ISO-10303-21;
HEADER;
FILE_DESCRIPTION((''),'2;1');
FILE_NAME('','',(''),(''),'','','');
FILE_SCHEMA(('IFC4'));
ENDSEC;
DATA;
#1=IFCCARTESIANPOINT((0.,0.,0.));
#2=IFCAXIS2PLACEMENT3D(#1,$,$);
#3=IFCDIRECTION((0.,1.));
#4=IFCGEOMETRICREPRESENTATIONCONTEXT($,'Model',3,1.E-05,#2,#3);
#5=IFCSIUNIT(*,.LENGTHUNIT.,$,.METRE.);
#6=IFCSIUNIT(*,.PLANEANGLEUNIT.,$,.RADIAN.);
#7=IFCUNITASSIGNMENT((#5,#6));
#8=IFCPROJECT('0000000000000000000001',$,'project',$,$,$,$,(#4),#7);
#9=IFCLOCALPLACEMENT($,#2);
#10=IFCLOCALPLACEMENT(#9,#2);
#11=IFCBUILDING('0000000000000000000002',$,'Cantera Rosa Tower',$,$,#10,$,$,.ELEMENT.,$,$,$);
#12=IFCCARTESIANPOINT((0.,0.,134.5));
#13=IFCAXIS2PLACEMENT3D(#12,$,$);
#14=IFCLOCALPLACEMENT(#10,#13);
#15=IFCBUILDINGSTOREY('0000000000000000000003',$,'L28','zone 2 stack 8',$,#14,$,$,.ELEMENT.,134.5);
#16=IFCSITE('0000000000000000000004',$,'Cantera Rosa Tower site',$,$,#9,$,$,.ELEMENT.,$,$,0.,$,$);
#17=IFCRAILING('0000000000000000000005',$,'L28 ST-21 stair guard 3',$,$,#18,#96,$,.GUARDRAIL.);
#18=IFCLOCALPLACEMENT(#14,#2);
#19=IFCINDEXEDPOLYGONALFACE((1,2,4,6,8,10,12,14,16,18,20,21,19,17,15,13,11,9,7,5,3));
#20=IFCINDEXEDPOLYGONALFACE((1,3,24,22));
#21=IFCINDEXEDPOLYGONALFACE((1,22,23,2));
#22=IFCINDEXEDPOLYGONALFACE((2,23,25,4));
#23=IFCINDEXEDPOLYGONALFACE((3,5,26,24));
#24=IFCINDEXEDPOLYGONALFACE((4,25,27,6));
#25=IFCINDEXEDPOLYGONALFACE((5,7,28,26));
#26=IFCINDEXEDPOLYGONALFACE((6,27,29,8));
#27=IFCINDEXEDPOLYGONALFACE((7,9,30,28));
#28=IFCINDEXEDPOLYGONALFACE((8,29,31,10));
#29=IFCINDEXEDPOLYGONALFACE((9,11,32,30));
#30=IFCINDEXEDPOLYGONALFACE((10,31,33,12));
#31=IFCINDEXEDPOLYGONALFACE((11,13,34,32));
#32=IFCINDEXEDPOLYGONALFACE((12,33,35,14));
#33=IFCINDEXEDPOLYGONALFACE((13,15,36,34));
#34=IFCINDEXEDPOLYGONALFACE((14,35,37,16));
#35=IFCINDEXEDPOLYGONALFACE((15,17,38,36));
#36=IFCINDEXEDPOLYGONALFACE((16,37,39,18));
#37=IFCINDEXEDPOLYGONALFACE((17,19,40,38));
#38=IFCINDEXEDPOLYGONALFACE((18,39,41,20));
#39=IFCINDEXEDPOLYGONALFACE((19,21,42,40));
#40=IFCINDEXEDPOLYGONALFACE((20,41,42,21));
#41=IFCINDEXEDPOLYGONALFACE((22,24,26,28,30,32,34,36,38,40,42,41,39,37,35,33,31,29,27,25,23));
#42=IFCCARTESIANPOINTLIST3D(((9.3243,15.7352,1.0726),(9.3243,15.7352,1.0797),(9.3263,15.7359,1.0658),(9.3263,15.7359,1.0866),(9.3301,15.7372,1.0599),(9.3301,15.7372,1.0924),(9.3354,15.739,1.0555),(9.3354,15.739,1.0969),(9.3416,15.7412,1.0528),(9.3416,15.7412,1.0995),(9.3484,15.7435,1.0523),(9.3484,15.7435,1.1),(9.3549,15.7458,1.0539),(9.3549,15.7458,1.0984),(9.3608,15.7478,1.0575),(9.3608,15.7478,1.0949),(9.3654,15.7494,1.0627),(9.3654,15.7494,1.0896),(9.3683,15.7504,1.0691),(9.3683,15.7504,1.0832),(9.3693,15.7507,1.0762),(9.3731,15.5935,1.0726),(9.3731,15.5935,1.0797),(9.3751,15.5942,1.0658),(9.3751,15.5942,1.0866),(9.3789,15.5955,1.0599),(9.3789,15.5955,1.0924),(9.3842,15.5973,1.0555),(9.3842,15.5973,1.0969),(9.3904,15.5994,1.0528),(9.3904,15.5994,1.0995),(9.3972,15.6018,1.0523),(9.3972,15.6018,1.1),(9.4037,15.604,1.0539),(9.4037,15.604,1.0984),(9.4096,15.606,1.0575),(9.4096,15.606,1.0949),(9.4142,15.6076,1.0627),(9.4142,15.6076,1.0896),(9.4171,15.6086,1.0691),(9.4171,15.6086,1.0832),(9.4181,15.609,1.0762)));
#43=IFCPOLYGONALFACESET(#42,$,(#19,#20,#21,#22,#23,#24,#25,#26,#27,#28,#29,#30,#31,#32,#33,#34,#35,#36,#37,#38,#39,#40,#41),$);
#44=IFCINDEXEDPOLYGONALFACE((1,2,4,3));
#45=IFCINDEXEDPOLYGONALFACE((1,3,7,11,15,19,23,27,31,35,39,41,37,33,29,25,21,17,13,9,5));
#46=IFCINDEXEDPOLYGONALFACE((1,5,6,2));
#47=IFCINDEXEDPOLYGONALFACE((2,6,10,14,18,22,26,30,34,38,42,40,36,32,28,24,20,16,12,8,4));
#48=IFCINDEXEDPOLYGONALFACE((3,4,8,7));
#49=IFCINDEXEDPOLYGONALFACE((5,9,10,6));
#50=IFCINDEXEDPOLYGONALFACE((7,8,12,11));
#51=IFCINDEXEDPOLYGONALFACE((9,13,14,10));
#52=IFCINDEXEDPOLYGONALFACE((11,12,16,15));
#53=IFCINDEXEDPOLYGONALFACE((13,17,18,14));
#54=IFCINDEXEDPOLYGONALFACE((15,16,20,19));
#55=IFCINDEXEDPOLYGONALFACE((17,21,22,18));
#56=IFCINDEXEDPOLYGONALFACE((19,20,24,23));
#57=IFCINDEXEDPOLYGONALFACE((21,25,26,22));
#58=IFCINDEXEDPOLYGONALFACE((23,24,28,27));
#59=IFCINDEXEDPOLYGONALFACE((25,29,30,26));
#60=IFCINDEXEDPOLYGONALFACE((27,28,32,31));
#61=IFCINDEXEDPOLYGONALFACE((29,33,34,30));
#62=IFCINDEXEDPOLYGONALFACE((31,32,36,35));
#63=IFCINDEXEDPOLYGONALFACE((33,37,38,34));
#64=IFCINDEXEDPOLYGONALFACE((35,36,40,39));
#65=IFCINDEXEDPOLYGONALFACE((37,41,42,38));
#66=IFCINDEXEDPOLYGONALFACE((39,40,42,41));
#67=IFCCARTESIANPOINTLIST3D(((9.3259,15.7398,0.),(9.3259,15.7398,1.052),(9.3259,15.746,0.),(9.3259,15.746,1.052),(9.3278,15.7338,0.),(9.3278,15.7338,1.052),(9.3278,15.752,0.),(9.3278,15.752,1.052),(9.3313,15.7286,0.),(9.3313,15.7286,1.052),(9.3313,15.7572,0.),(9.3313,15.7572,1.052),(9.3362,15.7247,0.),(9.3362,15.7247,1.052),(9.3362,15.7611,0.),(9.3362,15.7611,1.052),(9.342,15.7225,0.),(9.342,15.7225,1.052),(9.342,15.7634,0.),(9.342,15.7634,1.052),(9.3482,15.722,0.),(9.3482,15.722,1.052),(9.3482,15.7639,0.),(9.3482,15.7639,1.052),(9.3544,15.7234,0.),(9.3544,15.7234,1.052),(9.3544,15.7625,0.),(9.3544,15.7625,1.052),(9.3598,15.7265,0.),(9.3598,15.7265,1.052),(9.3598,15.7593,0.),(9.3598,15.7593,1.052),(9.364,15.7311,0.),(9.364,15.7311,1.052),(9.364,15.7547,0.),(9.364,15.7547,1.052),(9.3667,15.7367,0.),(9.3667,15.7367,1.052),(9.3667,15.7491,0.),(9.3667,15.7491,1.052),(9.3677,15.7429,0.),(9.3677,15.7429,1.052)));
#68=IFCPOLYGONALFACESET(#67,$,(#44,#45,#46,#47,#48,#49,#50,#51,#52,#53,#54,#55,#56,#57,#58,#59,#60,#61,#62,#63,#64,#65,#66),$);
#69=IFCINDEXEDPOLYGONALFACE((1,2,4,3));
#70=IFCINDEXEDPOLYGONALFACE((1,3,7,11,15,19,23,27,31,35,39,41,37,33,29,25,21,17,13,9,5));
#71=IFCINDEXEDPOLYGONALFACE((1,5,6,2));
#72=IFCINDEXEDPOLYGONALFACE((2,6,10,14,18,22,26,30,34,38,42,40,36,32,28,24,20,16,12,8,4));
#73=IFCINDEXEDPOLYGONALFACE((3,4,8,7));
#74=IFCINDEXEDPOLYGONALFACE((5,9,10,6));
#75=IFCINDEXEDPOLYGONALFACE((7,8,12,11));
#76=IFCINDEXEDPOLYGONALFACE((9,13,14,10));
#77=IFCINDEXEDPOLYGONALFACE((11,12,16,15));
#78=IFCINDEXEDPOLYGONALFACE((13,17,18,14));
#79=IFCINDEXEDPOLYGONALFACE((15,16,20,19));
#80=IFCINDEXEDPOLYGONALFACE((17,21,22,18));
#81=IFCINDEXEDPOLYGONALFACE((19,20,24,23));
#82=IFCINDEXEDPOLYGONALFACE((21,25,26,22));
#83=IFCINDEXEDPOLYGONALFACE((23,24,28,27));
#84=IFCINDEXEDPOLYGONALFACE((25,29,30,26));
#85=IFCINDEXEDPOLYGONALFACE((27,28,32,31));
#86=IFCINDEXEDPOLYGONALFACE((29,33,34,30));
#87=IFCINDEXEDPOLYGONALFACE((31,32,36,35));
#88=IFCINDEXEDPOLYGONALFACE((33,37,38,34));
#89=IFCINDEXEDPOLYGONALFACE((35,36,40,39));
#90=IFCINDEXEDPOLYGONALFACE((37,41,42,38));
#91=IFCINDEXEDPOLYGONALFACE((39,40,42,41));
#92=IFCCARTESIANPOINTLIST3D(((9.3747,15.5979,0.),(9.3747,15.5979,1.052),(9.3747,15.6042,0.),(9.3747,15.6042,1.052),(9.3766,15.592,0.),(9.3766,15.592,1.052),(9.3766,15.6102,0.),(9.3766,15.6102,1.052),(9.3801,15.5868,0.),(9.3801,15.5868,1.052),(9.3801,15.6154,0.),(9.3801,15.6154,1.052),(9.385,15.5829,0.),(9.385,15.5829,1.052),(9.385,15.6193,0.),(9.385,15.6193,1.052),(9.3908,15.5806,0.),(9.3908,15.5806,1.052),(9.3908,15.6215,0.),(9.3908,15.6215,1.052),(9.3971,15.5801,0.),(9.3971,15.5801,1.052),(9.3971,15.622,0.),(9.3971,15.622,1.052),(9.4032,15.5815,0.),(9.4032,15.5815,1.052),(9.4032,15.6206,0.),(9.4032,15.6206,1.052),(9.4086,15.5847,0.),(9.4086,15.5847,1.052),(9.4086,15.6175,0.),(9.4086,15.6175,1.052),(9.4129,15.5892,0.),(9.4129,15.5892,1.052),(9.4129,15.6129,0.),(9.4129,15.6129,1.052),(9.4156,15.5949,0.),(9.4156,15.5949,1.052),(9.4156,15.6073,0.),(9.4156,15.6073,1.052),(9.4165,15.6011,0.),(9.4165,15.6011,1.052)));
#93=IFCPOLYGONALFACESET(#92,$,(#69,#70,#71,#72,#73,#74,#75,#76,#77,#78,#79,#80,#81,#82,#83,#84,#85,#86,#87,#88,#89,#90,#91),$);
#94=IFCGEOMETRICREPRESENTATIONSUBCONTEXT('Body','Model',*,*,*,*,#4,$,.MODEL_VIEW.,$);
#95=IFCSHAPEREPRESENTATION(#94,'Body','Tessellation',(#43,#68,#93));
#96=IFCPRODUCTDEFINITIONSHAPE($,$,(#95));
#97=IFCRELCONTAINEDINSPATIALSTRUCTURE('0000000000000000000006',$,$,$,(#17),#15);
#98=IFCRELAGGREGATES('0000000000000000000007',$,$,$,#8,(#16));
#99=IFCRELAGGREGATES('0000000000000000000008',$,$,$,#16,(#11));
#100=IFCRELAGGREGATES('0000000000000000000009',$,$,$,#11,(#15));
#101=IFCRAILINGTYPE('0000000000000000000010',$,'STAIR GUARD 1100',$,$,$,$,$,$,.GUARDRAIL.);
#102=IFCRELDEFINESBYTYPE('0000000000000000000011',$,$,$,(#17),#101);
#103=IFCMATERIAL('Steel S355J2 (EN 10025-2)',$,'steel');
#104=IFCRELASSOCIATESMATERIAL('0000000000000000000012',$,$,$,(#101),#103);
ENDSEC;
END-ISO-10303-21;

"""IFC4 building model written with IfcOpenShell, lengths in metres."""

from ifc_helpers import new_model, si_unit, direction, frame, origin, origin_2d, place, context, subcontext, project, spatial, circle, extrude, material, type_object, element, save


model = new_model("IFC4")

# Units and contexts
model_context = context("Model", 3, precision=1e-05, world=origin(), true_north=direction((0.0, 1.0)))
body_context = subcontext(model_context, "Body", "Model", "MODEL_VIEW")
ifc_project = project(units=[si_unit("LENGTHUNIT", "METRE"), si_unit("PLANEANGLEUNIT", "RADIAN")], contexts=[model_context])

# Site, building, storey
site_placement = place(None, origin())
site = spatial("IfcSite", under=ifc_project, at=site_placement, Name="Cantera Rosa Tower site", CompositionType="ELEMENT", RefElevation=0.0)
building_placement = place(site_placement, origin())
building = spatial("IfcBuilding", under=site, at=building_placement, Name="Cantera Rosa Tower", CompositionType="ELEMENT")
storey_placement = place(building_placement, frame((0.0, 0.0, 134.5)))
storey = spatial("IfcBuildingStorey", under=building, at=storey_placement, Name="L28", Description="zone 2 stack 8", CompositionType="ELEMENT", Elevation=134.5)

# Railing
ifc_material_1 = material(Name="Steel S355J2 (EN 10025-2)", Category="steel")
railing_type_1 = type_object("IfcRailingType", Name="STAIR GUARD 1100", PredefinedType="GUARDRAIL", material=ifc_material_1)
railing_1_placement = place(storey_placement, frame((9.3467, 15.7429, 0.0)))
element("IfcRailing", 1, at=railing_1_placement, inside=storey, type_object=railing_type_1, Name="L28 ST-21 stair guard 3", PredefinedType="GUARDRAIL", context=body_context, shape_type="SweptSolid", body=[
    extrude(circle(Radius=0.0239, at=origin_2d()), frame((0.0, 0.0, 1.0762), z_axis=(0.325489, -0.945546, 0.0), x_axis=(0.945546, 0.325489, 0.0)), (0.0, 0.0, 1.0), 0.1499),
    extrude(circle(Radius=0.021, at=origin_2d()), origin(), (0.0, 0.0, 1.0), 1.052),
    extrude(circle(Radius=0.021, at=origin_2d()), frame((0.0488, -0.1418, 0.0)), (0.0, 0.0, 1.0), 1.052),
])

save(model, "model.ifc")
